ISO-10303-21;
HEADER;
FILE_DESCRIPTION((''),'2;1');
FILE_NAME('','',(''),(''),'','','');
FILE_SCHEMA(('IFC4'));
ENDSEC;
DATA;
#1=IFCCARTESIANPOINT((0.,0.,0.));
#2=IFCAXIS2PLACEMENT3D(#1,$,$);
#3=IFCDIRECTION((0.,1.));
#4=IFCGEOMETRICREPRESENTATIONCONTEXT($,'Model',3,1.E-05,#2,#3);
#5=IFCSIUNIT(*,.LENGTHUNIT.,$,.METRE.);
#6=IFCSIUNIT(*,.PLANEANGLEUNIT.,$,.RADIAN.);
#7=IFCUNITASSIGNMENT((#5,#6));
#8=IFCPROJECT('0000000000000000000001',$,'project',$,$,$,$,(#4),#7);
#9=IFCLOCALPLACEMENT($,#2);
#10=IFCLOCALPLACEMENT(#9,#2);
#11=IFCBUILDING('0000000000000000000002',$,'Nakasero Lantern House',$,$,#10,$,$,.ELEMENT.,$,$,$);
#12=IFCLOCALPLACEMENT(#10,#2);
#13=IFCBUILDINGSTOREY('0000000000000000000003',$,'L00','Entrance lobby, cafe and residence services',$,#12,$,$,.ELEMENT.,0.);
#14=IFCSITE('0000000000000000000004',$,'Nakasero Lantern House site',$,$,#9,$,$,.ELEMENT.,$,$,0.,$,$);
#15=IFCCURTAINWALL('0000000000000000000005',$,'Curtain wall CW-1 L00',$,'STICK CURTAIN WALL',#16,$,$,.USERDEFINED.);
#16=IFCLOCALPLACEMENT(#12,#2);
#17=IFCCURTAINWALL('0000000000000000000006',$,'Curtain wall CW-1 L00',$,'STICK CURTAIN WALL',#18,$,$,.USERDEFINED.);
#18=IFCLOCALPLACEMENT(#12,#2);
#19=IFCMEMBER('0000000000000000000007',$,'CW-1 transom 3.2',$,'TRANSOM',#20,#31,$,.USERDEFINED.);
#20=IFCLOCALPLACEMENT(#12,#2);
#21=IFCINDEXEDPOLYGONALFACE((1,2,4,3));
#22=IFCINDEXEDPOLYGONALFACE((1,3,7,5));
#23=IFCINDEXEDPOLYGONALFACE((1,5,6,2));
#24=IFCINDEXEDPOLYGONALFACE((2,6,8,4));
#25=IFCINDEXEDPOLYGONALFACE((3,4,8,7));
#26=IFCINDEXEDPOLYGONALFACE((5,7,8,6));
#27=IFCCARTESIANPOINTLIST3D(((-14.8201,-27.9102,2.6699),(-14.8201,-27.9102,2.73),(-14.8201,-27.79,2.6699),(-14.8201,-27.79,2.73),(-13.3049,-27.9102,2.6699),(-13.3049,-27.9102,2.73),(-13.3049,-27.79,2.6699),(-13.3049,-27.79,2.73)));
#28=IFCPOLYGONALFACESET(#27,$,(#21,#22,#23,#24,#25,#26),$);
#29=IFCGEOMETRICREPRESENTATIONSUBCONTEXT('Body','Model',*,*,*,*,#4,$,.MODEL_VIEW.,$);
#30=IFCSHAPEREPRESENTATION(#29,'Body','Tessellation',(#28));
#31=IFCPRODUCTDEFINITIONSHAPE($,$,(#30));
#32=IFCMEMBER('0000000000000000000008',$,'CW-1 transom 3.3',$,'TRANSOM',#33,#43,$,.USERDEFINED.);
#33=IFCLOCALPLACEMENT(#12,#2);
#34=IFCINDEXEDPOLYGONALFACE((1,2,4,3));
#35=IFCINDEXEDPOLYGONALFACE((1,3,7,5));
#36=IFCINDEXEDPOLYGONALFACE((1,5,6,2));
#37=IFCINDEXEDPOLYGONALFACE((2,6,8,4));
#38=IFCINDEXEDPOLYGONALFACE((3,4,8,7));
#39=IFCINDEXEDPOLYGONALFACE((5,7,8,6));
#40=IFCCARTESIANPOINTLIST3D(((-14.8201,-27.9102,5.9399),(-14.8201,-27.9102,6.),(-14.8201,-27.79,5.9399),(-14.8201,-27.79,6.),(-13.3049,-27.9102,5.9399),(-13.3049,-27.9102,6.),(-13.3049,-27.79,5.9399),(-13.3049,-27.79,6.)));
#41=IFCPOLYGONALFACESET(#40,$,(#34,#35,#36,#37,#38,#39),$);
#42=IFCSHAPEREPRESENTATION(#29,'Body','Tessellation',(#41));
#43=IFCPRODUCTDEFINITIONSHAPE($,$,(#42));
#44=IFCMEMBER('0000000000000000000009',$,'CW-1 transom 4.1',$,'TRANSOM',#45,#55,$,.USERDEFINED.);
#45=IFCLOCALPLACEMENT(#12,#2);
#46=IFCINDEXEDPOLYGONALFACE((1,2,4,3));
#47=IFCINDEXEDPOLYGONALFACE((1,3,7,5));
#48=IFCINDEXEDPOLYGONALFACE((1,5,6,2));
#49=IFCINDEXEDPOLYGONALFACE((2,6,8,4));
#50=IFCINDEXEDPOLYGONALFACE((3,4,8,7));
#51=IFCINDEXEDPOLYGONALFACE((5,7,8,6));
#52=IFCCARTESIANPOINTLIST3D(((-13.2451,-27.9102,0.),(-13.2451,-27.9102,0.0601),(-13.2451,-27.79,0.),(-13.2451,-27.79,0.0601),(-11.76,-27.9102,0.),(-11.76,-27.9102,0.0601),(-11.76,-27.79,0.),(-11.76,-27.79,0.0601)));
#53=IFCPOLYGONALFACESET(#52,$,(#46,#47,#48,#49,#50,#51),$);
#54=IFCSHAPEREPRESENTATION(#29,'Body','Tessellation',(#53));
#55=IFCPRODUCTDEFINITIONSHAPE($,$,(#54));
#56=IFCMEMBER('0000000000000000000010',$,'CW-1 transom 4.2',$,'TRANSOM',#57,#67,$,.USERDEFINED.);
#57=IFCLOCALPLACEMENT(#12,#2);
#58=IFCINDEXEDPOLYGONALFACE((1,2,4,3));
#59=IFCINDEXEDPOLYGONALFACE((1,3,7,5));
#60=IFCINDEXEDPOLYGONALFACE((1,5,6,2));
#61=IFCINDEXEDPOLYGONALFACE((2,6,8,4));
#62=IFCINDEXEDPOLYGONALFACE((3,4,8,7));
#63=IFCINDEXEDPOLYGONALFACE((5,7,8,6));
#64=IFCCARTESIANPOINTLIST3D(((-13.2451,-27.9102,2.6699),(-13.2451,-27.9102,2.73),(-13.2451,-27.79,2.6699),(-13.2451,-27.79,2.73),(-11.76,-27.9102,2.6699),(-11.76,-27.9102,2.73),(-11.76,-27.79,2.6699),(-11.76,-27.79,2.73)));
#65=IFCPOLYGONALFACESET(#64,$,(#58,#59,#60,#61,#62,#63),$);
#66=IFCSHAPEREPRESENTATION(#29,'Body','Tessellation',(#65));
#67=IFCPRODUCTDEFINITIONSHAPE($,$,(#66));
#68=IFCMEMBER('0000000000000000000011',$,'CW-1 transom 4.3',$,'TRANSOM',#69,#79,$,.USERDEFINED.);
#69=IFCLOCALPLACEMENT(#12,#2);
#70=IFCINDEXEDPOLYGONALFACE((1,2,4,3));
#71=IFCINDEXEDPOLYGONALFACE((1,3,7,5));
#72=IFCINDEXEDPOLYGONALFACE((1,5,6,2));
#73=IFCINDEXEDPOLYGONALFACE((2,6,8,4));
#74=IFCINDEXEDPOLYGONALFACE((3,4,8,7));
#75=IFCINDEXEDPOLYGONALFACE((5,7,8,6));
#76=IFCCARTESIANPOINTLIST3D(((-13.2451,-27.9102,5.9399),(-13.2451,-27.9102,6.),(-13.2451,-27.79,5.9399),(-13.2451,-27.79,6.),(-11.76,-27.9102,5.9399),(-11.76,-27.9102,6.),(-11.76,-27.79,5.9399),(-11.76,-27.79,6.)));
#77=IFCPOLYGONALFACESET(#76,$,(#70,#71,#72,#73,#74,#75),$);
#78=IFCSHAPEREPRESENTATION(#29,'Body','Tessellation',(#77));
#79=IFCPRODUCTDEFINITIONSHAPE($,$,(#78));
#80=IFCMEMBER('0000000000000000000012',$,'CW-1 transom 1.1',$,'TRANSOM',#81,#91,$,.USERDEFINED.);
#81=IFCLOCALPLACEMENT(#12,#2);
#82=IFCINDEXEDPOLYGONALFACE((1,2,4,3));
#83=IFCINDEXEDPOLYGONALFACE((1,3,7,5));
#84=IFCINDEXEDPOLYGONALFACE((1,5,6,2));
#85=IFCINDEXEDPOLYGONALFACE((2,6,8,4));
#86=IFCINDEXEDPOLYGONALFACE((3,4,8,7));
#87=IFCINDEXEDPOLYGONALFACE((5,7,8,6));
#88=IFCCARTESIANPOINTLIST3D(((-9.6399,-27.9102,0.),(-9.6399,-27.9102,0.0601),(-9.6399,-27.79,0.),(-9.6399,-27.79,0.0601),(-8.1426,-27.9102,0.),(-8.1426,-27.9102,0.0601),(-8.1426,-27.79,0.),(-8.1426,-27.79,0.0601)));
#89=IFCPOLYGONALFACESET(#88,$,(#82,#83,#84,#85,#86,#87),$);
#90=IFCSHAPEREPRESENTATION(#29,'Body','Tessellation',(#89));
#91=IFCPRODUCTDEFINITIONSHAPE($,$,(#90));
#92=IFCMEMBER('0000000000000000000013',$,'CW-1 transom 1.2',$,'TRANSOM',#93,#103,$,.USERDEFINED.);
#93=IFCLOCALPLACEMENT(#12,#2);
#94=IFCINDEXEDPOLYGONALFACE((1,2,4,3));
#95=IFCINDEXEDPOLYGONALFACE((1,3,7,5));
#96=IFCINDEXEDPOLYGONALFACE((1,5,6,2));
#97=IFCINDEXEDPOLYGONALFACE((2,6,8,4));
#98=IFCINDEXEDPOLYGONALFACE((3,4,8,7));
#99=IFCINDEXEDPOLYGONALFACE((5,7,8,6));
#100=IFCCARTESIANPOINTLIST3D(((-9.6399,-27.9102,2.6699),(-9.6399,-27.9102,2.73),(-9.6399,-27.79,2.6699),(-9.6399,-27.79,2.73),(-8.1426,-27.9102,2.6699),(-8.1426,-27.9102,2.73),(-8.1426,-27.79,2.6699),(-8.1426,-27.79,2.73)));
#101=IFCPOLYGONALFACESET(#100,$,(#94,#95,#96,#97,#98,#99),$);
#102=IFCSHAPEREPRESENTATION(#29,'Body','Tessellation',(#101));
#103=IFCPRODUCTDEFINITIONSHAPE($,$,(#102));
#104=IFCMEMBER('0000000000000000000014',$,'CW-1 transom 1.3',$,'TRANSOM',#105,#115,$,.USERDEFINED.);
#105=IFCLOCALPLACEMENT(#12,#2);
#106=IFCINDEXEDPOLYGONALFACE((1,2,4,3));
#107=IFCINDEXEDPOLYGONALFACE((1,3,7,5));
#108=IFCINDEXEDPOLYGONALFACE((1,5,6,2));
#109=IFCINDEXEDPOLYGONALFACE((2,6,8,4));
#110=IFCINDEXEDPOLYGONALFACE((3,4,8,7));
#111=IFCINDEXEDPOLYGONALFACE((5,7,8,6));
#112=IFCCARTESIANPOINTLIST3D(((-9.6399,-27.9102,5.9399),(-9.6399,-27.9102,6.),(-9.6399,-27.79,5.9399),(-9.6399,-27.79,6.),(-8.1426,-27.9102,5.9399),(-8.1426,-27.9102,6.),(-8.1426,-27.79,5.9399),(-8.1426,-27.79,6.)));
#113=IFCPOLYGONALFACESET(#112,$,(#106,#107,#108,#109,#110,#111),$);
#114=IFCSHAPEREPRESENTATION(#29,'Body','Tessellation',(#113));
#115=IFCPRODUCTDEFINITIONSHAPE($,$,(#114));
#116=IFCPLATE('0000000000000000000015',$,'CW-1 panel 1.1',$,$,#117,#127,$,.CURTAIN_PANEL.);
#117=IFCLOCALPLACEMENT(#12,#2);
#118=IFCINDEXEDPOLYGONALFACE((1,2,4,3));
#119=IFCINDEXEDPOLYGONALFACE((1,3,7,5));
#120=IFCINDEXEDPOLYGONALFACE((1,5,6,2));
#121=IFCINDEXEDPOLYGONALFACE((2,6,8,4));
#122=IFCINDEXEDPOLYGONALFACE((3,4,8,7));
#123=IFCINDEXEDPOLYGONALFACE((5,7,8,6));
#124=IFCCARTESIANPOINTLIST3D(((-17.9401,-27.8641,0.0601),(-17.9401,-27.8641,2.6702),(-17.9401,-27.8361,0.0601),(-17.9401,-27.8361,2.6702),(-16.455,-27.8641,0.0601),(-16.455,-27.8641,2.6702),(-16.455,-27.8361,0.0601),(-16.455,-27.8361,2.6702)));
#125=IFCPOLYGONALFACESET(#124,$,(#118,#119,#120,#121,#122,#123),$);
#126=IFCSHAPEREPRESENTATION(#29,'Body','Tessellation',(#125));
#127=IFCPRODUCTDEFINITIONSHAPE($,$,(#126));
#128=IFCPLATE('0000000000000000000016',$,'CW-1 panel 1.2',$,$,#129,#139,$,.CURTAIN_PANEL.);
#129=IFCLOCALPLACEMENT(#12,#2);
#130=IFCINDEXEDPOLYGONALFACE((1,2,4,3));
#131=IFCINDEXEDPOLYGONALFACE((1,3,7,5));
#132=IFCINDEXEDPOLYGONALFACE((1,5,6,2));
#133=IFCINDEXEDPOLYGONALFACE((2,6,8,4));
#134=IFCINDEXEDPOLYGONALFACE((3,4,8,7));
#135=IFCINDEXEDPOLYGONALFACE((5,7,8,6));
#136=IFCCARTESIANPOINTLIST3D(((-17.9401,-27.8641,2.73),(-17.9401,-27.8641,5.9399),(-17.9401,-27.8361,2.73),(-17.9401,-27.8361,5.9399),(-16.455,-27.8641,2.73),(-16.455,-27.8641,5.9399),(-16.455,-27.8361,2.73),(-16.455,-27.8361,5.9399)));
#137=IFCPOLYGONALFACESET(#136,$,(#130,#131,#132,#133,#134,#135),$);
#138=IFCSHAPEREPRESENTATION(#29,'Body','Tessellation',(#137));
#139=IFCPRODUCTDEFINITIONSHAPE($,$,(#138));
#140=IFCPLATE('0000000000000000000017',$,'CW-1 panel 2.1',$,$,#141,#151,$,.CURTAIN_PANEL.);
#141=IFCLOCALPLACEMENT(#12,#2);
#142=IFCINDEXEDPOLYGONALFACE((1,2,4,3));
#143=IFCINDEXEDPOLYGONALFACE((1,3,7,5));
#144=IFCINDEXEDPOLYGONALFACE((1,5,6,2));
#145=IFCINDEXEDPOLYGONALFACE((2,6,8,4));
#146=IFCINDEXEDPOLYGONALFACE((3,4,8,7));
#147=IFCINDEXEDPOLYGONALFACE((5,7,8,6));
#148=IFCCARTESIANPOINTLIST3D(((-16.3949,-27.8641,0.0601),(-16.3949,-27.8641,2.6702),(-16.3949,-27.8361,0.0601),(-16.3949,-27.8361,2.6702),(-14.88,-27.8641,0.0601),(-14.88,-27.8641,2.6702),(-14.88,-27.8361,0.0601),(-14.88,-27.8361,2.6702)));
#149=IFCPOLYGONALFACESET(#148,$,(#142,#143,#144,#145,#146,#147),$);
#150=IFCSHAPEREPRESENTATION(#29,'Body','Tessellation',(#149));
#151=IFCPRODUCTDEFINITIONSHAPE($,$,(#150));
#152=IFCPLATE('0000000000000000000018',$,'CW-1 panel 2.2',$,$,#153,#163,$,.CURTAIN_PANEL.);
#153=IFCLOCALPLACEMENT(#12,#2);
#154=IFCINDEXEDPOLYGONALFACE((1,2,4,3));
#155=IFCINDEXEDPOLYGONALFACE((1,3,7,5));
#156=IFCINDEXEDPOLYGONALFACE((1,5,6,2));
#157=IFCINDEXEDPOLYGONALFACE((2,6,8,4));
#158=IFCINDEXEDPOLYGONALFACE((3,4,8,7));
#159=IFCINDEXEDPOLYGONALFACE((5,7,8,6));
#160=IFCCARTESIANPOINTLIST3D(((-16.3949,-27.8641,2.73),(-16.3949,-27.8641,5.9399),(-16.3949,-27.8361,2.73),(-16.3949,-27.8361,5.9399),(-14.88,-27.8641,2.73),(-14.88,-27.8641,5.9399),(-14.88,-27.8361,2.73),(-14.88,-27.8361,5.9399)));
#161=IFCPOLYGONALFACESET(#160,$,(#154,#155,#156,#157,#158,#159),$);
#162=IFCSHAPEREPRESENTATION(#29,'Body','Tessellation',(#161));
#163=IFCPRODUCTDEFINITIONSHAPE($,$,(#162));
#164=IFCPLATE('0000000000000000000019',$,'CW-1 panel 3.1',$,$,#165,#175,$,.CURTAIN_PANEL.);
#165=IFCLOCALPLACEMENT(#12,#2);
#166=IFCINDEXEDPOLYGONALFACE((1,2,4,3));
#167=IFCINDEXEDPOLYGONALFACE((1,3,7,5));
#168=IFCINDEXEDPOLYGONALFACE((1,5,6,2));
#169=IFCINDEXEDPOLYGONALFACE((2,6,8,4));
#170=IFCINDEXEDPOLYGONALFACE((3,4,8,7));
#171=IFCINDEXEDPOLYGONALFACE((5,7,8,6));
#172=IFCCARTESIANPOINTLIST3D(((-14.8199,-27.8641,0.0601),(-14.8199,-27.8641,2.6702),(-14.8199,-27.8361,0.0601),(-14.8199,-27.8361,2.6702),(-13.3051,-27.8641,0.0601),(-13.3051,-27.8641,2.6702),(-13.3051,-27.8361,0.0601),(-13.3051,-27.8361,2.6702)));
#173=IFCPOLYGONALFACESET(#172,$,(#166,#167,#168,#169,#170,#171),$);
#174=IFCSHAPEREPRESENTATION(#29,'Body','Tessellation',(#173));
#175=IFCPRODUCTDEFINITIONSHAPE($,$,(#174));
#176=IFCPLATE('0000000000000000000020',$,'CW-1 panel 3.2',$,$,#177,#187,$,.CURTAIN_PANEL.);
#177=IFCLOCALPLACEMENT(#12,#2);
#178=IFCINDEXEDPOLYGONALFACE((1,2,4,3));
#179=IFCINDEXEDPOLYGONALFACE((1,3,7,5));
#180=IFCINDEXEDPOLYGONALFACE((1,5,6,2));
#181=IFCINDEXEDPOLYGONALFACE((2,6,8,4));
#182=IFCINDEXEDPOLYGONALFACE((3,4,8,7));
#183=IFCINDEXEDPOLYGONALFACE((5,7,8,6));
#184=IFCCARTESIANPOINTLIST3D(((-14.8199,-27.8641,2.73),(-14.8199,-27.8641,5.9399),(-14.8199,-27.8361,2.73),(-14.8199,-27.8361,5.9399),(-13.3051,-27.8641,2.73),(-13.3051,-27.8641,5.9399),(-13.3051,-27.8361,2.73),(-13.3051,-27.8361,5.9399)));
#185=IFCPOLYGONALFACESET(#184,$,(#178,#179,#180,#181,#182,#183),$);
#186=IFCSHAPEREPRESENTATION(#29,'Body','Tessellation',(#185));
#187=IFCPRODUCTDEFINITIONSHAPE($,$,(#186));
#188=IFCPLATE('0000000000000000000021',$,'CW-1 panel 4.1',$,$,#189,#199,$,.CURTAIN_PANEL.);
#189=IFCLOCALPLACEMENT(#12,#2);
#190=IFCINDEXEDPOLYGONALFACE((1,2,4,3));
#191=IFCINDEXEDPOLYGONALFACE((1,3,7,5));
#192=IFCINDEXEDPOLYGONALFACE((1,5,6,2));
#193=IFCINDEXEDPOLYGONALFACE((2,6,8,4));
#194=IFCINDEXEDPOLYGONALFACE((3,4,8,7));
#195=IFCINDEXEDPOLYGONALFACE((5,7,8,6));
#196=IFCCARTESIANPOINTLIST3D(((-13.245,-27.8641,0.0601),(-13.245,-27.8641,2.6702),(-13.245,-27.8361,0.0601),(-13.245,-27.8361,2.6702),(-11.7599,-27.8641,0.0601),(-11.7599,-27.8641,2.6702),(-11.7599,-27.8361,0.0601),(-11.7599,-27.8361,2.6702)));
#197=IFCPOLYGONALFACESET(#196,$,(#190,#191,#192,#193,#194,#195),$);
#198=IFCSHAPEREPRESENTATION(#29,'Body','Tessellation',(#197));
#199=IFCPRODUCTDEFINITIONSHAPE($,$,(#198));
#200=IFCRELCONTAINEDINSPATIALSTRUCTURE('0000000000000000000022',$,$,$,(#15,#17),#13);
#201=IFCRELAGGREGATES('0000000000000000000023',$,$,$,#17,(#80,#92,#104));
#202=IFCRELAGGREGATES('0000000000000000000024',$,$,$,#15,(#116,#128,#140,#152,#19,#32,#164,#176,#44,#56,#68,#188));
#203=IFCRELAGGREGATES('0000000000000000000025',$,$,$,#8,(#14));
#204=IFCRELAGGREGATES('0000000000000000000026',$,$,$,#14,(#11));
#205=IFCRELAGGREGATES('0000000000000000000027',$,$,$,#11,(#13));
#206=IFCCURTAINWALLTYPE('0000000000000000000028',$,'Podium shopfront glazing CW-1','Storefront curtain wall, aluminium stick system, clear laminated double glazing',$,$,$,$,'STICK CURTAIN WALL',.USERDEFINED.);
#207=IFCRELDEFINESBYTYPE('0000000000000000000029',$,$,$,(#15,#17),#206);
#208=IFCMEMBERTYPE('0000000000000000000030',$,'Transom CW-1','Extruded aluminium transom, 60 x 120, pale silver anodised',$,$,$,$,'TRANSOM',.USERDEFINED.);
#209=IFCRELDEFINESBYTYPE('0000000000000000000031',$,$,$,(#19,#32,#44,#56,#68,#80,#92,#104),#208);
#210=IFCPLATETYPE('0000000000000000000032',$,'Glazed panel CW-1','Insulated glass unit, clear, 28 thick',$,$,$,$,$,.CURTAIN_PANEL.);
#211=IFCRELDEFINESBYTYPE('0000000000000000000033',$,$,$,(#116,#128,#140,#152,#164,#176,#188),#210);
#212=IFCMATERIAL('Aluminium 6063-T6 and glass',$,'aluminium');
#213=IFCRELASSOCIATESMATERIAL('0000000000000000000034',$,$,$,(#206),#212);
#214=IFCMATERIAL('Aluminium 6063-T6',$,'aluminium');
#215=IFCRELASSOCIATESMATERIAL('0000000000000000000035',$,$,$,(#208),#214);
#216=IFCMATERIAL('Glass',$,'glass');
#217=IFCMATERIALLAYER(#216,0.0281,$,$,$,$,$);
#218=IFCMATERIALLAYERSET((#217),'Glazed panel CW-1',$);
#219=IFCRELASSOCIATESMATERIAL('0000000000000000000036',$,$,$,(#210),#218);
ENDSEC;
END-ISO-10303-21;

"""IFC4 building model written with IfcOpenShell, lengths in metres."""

from ifc_helpers import new_model, si_unit, direction, frame, origin, origin_2d, place, context, subcontext, project, spatial, rectangle, extrude, material, layer, layer_set, material_profile, profile_set, type_object, element, aggregate, save


model = new_model("IFC4")

# Units and contexts
model_context = context("Model", 3, precision=1e-05, world=origin(), true_north=direction((0.0, 1.0)))
body_context = subcontext(model_context, "Body", "Model", "MODEL_VIEW")
ifc_project = project(units=[si_unit("LENGTHUNIT", "METRE"), si_unit("PLANEANGLEUNIT", "RADIAN")], contexts=[model_context])

# Site, building, storey
site_placement = place(None, origin())
site = spatial("IfcSite", under=ifc_project, at=site_placement, Name="Nakasero Lantern House site", CompositionType="ELEMENT", RefElevation=0.0)
building_placement = place(site_placement, origin())
building = spatial("IfcBuilding", under=site, at=building_placement, Name="Nakasero Lantern House", CompositionType="ELEMENT")
storey_placement = place(building_placement, origin())
storey = spatial("IfcBuildingStorey", under=building, at=storey_placement, Name="L00", Description="Entrance lobby, cafe and residence services", CompositionType="ELEMENT", Elevation=0.0)

# Shared definitions
ifc_material_1 = material(Name="Aluminium 6063-T6 and glass", Category="aluminium")
curtain_wall_type = type_object("IfcCurtainWallType", Name="Podium shopfront glazing CW-1", Description="Storefront curtain wall, aluminium stick system, clear laminated double glazing", ElementType="STICK CURTAIN WALL", PredefinedType="USERDEFINED", material=ifc_material_1)

# Curtain wall
curtain_wall_1_placement = place(storey_placement, origin())
curtain_wall_1 = element("IfcCurtainWall", 1, at=curtain_wall_1_placement, inside=storey, type_object=curtain_wall_type, Name="Curtain wall CW-1 L00", ObjectType="STICK CURTAIN WALL", PredefinedType="USERDEFINED")

# Curtain wall
curtain_wall_2_placement = place(storey_placement, origin())
curtain_wall_2 = element("IfcCurtainWall", 2, at=curtain_wall_2_placement, inside=storey, type_object=curtain_wall_type, Name="Curtain wall CW-1 L00", ObjectType="STICK CURTAIN WALL", PredefinedType="USERDEFINED")

# Members
ifc_material_2 = material(Name="Aluminium 6063-T6", Category="aluminium")
ifc_material_profile_1 = material_profile(ifc_material_2, rectangle(XDim=0.0601, YDim=0.1201, at=origin_2d()), Name="CW-1 transom 60x120")
ifc_profile_set_1 = profile_set([ifc_material_profile_1], Name="Aluminium 6063-T6")
member_type_1 = type_object("IfcMemberType", Name="Transom CW-1", Description="Extruded aluminium transom, 60 x 120, pale silver anodised", ElementType="TRANSOM", PredefinedType="USERDEFINED", material=ifc_profile_set_1)
member_1_placement = place(storey_placement, frame((-14.8201, -27.8501, 2.7), z_axis=(1.0, 0.0, 0.0), x_axis=(0.0, 0.0, 1.0)))
member_1 = element("IfcMember", 3, at=member_1_placement, type_object=member_type_1, Name="CW-1 transom 3.2", ObjectType="TRANSOM", PredefinedType="USERDEFINED", context=body_context, shape_type="SweptSolid", body=[
    extrude(rectangle(XDim=0.0601, YDim=0.1201, at=origin_2d()), origin(), (0.0, 0.0, 1.0), 1.5151),
])
member_2_placement = place(storey_placement, frame((-14.8201, -27.8501, 5.97), z_axis=(1.0, 0.0, 0.0), x_axis=(0.0, 0.0, 1.0)))
member_2 = element("IfcMember", 4, at=member_2_placement, type_object=member_type_1, Name="CW-1 transom 3.3", ObjectType="TRANSOM", PredefinedType="USERDEFINED", context=body_context, shape_type="SweptSolid", body=[
    extrude(rectangle(XDim=0.0601, YDim=0.1201, at=origin_2d()), origin(), (0.0, 0.0, 1.0), 1.5151),
])
member_3_placement = place(storey_placement, frame((-13.2451, -27.8501, 0.03), z_axis=(1.0, 0.0, 0.0), x_axis=(0.0, 0.0, 1.0)))
member_3 = element("IfcMember", 5, at=member_3_placement, type_object=member_type_1, Name="CW-1 transom 4.1", ObjectType="TRANSOM", PredefinedType="USERDEFINED", context=body_context, shape_type="SweptSolid", body=[
    extrude(rectangle(XDim=0.0601, YDim=0.1201, at=origin_2d()), origin(), (0.0, 0.0, 1.0), 1.4851),
])
member_4_placement = place(storey_placement, frame((-13.2451, -27.8501, 2.7), z_axis=(1.0, 0.0, 0.0), x_axis=(0.0, 0.0, 1.0)))
member_4 = element("IfcMember", 6, at=member_4_placement, type_object=member_type_1, Name="CW-1 transom 4.2", ObjectType="TRANSOM", PredefinedType="USERDEFINED", context=body_context, shape_type="SweptSolid", body=[
    extrude(rectangle(XDim=0.0601, YDim=0.1201, at=origin_2d()), origin(), (0.0, 0.0, 1.0), 1.4851),
])
member_5_placement = place(storey_placement, frame((-13.2451, -27.8501, 5.97), z_axis=(1.0, 0.0, 0.0), x_axis=(0.0, 0.0, 1.0)))
member_5 = element("IfcMember", 7, at=member_5_placement, type_object=member_type_1, Name="CW-1 transom 4.3", ObjectType="TRANSOM", PredefinedType="USERDEFINED", context=body_context, shape_type="SweptSolid", body=[
    extrude(rectangle(XDim=0.0601, YDim=0.1201, at=origin_2d()), origin(), (0.0, 0.0, 1.0), 1.4851),
])
member_6_placement = place(storey_placement, frame((-9.6399, -27.8501, 0.03), z_axis=(1.0, 0.0, 0.0), x_axis=(0.0, 0.0, 1.0)))
member_6 = element("IfcMember", 8, at=member_6_placement, type_object=member_type_1, Name="CW-1 transom 1.1", ObjectType="TRANSOM", PredefinedType="USERDEFINED", context=body_context, shape_type="SweptSolid", body=[
    extrude(rectangle(XDim=0.0601, YDim=0.1201, at=origin_2d()), origin(), (0.0, 0.0, 1.0), 1.4973),
])
member_7_placement = place(storey_placement, frame((-9.6399, -27.8501, 2.7), z_axis=(1.0, 0.0, 0.0), x_axis=(0.0, 0.0, 1.0)))
member_7 = element("IfcMember", 9, at=member_7_placement, type_object=member_type_1, Name="CW-1 transom 1.2", ObjectType="TRANSOM", PredefinedType="USERDEFINED", context=body_context, shape_type="SweptSolid", body=[
    extrude(rectangle(XDim=0.0601, YDim=0.1201, at=origin_2d()), origin(), (0.0, 0.0, 1.0), 1.4973),
])
member_8_placement = place(storey_placement, frame((-9.6399, -27.8501, 5.97), z_axis=(1.0, 0.0, 0.0), x_axis=(0.0, 0.0, 1.0)))
member_8 = element("IfcMember", 10, at=member_8_placement, type_object=member_type_1, Name="CW-1 transom 1.3", ObjectType="TRANSOM", PredefinedType="USERDEFINED", context=body_context, shape_type="SweptSolid", body=[
    extrude(rectangle(XDim=0.0601, YDim=0.1201, at=origin_2d()), origin(), (0.0, 0.0, 1.0), 1.4973),
])
aggregate(curtain_wall_2, [member_6, member_7, member_8])

# Plates
ifc_material_3 = material(Name="Glass", Category="glass")
ifc_layer_1 = layer(ifc_material_3, 0.0281)
ifc_layer_set_1 = layer_set([ifc_layer_1], Name="Glazed panel CW-1")
plate_type = type_object("IfcPlateType", Name="Glazed panel CW-1", Description="Insulated glass unit, clear, 28 thick", PredefinedType="CURTAIN_PANEL", material=ifc_layer_set_1)
plate_1_placement = place(storey_placement, frame((-17.1975, -27.8501, 0.0601), z_axis=(0.0, 0.0, 1.0), x_axis=(1.0, 0.0, 0.0)))
plate_1 = element("IfcPlate", 11, at=plate_1_placement, type_object=plate_type, Name="CW-1 panel 1.1", PredefinedType="CURTAIN_PANEL", context=body_context, shape_type="SweptSolid", body=[
    extrude(rectangle(XDim=1.4851, YDim=0.0281, at=origin_2d()), origin(), (0.0, 0.0, 1.0), 2.6101),
])
plate_2_placement = place(storey_placement, frame((-17.1975, -27.8501, 2.73), z_axis=(0.0, 0.0, 1.0), x_axis=(1.0, 0.0, 0.0)))
plate_2 = element("IfcPlate", 12, at=plate_2_placement, type_object=plate_type, Name="CW-1 panel 1.2", PredefinedType="CURTAIN_PANEL", context=body_context, shape_type="SweptSolid", body=[
    extrude(rectangle(XDim=1.4851, YDim=0.0281, at=origin_2d()), origin(), (0.0, 0.0, 1.0), 3.21),
])
plate_3_placement = place(storey_placement, frame((-15.6375, -27.8501, 0.0601), z_axis=(0.0, 0.0, 1.0), x_axis=(1.0, 0.0, 0.0)))
plate_3 = element("IfcPlate", 13, at=plate_3_placement, type_object=plate_type, Name="CW-1 panel 2.1", PredefinedType="CURTAIN_PANEL", context=body_context, shape_type="SweptSolid", body=[
    extrude(rectangle(XDim=1.5149, YDim=0.0281, at=origin_2d()), origin(), (0.0, 0.0, 1.0), 2.6101),
])
plate_4_placement = place(storey_placement, frame((-15.6375, -27.8501, 2.73), z_axis=(0.0, 0.0, 1.0), x_axis=(1.0, 0.0, 0.0)))
plate_4 = element("IfcPlate", 14, at=plate_4_placement, type_object=plate_type, Name="CW-1 panel 2.2", PredefinedType="CURTAIN_PANEL", context=body_context, shape_type="SweptSolid", body=[
    extrude(rectangle(XDim=1.5149, YDim=0.0281, at=origin_2d()), origin(), (0.0, 0.0, 1.0), 3.21),
])
plate_5_placement = place(storey_placement, frame((-14.0625, -27.8501, 0.0601), z_axis=(0.0, 0.0, 1.0), x_axis=(1.0, 0.0, 0.0)))
plate_5 = element("IfcPlate", 15, at=plate_5_placement, type_object=plate_type, Name="CW-1 panel 3.1", PredefinedType="CURTAIN_PANEL", context=body_context, shape_type="SweptSolid", body=[
    extrude(rectangle(XDim=1.5149, YDim=0.0281, at=origin_2d()), origin(), (0.0, 0.0, 1.0), 2.6101),
])
plate_6_placement = place(storey_placement, frame((-14.0625, -27.8501, 2.73), z_axis=(0.0, 0.0, 1.0), x_axis=(1.0, 0.0, 0.0)))
plate_6 = element("IfcPlate", 16, at=plate_6_placement, type_object=plate_type, Name="CW-1 panel 3.2", PredefinedType="CURTAIN_PANEL", context=body_context, shape_type="SweptSolid", body=[
    extrude(rectangle(XDim=1.5149, YDim=0.0281, at=origin_2d()), origin(), (0.0, 0.0, 1.0), 3.21),
])
plate_7_placement = place(storey_placement, frame((-12.5024, -27.8501, 0.0601), z_axis=(0.0, 0.0, 1.0), x_axis=(1.0, 0.0, 0.0)))
plate_7 = element("IfcPlate", 17, at=plate_7_placement, type_object=plate_type, Name="CW-1 panel 4.1", PredefinedType="CURTAIN_PANEL", context=body_context, shape_type="SweptSolid", body=[
    extrude(rectangle(XDim=1.4851, YDim=0.0281, at=origin_2d()), origin(), (0.0, 0.0, 1.0), 2.6101),
])
aggregate(curtain_wall_1, [plate_1, plate_2, plate_3, plate_4, member_1, member_2, plate_5, plate_6, member_3, member_4, member_5, plate_7])

save(model, "model.ifc")
